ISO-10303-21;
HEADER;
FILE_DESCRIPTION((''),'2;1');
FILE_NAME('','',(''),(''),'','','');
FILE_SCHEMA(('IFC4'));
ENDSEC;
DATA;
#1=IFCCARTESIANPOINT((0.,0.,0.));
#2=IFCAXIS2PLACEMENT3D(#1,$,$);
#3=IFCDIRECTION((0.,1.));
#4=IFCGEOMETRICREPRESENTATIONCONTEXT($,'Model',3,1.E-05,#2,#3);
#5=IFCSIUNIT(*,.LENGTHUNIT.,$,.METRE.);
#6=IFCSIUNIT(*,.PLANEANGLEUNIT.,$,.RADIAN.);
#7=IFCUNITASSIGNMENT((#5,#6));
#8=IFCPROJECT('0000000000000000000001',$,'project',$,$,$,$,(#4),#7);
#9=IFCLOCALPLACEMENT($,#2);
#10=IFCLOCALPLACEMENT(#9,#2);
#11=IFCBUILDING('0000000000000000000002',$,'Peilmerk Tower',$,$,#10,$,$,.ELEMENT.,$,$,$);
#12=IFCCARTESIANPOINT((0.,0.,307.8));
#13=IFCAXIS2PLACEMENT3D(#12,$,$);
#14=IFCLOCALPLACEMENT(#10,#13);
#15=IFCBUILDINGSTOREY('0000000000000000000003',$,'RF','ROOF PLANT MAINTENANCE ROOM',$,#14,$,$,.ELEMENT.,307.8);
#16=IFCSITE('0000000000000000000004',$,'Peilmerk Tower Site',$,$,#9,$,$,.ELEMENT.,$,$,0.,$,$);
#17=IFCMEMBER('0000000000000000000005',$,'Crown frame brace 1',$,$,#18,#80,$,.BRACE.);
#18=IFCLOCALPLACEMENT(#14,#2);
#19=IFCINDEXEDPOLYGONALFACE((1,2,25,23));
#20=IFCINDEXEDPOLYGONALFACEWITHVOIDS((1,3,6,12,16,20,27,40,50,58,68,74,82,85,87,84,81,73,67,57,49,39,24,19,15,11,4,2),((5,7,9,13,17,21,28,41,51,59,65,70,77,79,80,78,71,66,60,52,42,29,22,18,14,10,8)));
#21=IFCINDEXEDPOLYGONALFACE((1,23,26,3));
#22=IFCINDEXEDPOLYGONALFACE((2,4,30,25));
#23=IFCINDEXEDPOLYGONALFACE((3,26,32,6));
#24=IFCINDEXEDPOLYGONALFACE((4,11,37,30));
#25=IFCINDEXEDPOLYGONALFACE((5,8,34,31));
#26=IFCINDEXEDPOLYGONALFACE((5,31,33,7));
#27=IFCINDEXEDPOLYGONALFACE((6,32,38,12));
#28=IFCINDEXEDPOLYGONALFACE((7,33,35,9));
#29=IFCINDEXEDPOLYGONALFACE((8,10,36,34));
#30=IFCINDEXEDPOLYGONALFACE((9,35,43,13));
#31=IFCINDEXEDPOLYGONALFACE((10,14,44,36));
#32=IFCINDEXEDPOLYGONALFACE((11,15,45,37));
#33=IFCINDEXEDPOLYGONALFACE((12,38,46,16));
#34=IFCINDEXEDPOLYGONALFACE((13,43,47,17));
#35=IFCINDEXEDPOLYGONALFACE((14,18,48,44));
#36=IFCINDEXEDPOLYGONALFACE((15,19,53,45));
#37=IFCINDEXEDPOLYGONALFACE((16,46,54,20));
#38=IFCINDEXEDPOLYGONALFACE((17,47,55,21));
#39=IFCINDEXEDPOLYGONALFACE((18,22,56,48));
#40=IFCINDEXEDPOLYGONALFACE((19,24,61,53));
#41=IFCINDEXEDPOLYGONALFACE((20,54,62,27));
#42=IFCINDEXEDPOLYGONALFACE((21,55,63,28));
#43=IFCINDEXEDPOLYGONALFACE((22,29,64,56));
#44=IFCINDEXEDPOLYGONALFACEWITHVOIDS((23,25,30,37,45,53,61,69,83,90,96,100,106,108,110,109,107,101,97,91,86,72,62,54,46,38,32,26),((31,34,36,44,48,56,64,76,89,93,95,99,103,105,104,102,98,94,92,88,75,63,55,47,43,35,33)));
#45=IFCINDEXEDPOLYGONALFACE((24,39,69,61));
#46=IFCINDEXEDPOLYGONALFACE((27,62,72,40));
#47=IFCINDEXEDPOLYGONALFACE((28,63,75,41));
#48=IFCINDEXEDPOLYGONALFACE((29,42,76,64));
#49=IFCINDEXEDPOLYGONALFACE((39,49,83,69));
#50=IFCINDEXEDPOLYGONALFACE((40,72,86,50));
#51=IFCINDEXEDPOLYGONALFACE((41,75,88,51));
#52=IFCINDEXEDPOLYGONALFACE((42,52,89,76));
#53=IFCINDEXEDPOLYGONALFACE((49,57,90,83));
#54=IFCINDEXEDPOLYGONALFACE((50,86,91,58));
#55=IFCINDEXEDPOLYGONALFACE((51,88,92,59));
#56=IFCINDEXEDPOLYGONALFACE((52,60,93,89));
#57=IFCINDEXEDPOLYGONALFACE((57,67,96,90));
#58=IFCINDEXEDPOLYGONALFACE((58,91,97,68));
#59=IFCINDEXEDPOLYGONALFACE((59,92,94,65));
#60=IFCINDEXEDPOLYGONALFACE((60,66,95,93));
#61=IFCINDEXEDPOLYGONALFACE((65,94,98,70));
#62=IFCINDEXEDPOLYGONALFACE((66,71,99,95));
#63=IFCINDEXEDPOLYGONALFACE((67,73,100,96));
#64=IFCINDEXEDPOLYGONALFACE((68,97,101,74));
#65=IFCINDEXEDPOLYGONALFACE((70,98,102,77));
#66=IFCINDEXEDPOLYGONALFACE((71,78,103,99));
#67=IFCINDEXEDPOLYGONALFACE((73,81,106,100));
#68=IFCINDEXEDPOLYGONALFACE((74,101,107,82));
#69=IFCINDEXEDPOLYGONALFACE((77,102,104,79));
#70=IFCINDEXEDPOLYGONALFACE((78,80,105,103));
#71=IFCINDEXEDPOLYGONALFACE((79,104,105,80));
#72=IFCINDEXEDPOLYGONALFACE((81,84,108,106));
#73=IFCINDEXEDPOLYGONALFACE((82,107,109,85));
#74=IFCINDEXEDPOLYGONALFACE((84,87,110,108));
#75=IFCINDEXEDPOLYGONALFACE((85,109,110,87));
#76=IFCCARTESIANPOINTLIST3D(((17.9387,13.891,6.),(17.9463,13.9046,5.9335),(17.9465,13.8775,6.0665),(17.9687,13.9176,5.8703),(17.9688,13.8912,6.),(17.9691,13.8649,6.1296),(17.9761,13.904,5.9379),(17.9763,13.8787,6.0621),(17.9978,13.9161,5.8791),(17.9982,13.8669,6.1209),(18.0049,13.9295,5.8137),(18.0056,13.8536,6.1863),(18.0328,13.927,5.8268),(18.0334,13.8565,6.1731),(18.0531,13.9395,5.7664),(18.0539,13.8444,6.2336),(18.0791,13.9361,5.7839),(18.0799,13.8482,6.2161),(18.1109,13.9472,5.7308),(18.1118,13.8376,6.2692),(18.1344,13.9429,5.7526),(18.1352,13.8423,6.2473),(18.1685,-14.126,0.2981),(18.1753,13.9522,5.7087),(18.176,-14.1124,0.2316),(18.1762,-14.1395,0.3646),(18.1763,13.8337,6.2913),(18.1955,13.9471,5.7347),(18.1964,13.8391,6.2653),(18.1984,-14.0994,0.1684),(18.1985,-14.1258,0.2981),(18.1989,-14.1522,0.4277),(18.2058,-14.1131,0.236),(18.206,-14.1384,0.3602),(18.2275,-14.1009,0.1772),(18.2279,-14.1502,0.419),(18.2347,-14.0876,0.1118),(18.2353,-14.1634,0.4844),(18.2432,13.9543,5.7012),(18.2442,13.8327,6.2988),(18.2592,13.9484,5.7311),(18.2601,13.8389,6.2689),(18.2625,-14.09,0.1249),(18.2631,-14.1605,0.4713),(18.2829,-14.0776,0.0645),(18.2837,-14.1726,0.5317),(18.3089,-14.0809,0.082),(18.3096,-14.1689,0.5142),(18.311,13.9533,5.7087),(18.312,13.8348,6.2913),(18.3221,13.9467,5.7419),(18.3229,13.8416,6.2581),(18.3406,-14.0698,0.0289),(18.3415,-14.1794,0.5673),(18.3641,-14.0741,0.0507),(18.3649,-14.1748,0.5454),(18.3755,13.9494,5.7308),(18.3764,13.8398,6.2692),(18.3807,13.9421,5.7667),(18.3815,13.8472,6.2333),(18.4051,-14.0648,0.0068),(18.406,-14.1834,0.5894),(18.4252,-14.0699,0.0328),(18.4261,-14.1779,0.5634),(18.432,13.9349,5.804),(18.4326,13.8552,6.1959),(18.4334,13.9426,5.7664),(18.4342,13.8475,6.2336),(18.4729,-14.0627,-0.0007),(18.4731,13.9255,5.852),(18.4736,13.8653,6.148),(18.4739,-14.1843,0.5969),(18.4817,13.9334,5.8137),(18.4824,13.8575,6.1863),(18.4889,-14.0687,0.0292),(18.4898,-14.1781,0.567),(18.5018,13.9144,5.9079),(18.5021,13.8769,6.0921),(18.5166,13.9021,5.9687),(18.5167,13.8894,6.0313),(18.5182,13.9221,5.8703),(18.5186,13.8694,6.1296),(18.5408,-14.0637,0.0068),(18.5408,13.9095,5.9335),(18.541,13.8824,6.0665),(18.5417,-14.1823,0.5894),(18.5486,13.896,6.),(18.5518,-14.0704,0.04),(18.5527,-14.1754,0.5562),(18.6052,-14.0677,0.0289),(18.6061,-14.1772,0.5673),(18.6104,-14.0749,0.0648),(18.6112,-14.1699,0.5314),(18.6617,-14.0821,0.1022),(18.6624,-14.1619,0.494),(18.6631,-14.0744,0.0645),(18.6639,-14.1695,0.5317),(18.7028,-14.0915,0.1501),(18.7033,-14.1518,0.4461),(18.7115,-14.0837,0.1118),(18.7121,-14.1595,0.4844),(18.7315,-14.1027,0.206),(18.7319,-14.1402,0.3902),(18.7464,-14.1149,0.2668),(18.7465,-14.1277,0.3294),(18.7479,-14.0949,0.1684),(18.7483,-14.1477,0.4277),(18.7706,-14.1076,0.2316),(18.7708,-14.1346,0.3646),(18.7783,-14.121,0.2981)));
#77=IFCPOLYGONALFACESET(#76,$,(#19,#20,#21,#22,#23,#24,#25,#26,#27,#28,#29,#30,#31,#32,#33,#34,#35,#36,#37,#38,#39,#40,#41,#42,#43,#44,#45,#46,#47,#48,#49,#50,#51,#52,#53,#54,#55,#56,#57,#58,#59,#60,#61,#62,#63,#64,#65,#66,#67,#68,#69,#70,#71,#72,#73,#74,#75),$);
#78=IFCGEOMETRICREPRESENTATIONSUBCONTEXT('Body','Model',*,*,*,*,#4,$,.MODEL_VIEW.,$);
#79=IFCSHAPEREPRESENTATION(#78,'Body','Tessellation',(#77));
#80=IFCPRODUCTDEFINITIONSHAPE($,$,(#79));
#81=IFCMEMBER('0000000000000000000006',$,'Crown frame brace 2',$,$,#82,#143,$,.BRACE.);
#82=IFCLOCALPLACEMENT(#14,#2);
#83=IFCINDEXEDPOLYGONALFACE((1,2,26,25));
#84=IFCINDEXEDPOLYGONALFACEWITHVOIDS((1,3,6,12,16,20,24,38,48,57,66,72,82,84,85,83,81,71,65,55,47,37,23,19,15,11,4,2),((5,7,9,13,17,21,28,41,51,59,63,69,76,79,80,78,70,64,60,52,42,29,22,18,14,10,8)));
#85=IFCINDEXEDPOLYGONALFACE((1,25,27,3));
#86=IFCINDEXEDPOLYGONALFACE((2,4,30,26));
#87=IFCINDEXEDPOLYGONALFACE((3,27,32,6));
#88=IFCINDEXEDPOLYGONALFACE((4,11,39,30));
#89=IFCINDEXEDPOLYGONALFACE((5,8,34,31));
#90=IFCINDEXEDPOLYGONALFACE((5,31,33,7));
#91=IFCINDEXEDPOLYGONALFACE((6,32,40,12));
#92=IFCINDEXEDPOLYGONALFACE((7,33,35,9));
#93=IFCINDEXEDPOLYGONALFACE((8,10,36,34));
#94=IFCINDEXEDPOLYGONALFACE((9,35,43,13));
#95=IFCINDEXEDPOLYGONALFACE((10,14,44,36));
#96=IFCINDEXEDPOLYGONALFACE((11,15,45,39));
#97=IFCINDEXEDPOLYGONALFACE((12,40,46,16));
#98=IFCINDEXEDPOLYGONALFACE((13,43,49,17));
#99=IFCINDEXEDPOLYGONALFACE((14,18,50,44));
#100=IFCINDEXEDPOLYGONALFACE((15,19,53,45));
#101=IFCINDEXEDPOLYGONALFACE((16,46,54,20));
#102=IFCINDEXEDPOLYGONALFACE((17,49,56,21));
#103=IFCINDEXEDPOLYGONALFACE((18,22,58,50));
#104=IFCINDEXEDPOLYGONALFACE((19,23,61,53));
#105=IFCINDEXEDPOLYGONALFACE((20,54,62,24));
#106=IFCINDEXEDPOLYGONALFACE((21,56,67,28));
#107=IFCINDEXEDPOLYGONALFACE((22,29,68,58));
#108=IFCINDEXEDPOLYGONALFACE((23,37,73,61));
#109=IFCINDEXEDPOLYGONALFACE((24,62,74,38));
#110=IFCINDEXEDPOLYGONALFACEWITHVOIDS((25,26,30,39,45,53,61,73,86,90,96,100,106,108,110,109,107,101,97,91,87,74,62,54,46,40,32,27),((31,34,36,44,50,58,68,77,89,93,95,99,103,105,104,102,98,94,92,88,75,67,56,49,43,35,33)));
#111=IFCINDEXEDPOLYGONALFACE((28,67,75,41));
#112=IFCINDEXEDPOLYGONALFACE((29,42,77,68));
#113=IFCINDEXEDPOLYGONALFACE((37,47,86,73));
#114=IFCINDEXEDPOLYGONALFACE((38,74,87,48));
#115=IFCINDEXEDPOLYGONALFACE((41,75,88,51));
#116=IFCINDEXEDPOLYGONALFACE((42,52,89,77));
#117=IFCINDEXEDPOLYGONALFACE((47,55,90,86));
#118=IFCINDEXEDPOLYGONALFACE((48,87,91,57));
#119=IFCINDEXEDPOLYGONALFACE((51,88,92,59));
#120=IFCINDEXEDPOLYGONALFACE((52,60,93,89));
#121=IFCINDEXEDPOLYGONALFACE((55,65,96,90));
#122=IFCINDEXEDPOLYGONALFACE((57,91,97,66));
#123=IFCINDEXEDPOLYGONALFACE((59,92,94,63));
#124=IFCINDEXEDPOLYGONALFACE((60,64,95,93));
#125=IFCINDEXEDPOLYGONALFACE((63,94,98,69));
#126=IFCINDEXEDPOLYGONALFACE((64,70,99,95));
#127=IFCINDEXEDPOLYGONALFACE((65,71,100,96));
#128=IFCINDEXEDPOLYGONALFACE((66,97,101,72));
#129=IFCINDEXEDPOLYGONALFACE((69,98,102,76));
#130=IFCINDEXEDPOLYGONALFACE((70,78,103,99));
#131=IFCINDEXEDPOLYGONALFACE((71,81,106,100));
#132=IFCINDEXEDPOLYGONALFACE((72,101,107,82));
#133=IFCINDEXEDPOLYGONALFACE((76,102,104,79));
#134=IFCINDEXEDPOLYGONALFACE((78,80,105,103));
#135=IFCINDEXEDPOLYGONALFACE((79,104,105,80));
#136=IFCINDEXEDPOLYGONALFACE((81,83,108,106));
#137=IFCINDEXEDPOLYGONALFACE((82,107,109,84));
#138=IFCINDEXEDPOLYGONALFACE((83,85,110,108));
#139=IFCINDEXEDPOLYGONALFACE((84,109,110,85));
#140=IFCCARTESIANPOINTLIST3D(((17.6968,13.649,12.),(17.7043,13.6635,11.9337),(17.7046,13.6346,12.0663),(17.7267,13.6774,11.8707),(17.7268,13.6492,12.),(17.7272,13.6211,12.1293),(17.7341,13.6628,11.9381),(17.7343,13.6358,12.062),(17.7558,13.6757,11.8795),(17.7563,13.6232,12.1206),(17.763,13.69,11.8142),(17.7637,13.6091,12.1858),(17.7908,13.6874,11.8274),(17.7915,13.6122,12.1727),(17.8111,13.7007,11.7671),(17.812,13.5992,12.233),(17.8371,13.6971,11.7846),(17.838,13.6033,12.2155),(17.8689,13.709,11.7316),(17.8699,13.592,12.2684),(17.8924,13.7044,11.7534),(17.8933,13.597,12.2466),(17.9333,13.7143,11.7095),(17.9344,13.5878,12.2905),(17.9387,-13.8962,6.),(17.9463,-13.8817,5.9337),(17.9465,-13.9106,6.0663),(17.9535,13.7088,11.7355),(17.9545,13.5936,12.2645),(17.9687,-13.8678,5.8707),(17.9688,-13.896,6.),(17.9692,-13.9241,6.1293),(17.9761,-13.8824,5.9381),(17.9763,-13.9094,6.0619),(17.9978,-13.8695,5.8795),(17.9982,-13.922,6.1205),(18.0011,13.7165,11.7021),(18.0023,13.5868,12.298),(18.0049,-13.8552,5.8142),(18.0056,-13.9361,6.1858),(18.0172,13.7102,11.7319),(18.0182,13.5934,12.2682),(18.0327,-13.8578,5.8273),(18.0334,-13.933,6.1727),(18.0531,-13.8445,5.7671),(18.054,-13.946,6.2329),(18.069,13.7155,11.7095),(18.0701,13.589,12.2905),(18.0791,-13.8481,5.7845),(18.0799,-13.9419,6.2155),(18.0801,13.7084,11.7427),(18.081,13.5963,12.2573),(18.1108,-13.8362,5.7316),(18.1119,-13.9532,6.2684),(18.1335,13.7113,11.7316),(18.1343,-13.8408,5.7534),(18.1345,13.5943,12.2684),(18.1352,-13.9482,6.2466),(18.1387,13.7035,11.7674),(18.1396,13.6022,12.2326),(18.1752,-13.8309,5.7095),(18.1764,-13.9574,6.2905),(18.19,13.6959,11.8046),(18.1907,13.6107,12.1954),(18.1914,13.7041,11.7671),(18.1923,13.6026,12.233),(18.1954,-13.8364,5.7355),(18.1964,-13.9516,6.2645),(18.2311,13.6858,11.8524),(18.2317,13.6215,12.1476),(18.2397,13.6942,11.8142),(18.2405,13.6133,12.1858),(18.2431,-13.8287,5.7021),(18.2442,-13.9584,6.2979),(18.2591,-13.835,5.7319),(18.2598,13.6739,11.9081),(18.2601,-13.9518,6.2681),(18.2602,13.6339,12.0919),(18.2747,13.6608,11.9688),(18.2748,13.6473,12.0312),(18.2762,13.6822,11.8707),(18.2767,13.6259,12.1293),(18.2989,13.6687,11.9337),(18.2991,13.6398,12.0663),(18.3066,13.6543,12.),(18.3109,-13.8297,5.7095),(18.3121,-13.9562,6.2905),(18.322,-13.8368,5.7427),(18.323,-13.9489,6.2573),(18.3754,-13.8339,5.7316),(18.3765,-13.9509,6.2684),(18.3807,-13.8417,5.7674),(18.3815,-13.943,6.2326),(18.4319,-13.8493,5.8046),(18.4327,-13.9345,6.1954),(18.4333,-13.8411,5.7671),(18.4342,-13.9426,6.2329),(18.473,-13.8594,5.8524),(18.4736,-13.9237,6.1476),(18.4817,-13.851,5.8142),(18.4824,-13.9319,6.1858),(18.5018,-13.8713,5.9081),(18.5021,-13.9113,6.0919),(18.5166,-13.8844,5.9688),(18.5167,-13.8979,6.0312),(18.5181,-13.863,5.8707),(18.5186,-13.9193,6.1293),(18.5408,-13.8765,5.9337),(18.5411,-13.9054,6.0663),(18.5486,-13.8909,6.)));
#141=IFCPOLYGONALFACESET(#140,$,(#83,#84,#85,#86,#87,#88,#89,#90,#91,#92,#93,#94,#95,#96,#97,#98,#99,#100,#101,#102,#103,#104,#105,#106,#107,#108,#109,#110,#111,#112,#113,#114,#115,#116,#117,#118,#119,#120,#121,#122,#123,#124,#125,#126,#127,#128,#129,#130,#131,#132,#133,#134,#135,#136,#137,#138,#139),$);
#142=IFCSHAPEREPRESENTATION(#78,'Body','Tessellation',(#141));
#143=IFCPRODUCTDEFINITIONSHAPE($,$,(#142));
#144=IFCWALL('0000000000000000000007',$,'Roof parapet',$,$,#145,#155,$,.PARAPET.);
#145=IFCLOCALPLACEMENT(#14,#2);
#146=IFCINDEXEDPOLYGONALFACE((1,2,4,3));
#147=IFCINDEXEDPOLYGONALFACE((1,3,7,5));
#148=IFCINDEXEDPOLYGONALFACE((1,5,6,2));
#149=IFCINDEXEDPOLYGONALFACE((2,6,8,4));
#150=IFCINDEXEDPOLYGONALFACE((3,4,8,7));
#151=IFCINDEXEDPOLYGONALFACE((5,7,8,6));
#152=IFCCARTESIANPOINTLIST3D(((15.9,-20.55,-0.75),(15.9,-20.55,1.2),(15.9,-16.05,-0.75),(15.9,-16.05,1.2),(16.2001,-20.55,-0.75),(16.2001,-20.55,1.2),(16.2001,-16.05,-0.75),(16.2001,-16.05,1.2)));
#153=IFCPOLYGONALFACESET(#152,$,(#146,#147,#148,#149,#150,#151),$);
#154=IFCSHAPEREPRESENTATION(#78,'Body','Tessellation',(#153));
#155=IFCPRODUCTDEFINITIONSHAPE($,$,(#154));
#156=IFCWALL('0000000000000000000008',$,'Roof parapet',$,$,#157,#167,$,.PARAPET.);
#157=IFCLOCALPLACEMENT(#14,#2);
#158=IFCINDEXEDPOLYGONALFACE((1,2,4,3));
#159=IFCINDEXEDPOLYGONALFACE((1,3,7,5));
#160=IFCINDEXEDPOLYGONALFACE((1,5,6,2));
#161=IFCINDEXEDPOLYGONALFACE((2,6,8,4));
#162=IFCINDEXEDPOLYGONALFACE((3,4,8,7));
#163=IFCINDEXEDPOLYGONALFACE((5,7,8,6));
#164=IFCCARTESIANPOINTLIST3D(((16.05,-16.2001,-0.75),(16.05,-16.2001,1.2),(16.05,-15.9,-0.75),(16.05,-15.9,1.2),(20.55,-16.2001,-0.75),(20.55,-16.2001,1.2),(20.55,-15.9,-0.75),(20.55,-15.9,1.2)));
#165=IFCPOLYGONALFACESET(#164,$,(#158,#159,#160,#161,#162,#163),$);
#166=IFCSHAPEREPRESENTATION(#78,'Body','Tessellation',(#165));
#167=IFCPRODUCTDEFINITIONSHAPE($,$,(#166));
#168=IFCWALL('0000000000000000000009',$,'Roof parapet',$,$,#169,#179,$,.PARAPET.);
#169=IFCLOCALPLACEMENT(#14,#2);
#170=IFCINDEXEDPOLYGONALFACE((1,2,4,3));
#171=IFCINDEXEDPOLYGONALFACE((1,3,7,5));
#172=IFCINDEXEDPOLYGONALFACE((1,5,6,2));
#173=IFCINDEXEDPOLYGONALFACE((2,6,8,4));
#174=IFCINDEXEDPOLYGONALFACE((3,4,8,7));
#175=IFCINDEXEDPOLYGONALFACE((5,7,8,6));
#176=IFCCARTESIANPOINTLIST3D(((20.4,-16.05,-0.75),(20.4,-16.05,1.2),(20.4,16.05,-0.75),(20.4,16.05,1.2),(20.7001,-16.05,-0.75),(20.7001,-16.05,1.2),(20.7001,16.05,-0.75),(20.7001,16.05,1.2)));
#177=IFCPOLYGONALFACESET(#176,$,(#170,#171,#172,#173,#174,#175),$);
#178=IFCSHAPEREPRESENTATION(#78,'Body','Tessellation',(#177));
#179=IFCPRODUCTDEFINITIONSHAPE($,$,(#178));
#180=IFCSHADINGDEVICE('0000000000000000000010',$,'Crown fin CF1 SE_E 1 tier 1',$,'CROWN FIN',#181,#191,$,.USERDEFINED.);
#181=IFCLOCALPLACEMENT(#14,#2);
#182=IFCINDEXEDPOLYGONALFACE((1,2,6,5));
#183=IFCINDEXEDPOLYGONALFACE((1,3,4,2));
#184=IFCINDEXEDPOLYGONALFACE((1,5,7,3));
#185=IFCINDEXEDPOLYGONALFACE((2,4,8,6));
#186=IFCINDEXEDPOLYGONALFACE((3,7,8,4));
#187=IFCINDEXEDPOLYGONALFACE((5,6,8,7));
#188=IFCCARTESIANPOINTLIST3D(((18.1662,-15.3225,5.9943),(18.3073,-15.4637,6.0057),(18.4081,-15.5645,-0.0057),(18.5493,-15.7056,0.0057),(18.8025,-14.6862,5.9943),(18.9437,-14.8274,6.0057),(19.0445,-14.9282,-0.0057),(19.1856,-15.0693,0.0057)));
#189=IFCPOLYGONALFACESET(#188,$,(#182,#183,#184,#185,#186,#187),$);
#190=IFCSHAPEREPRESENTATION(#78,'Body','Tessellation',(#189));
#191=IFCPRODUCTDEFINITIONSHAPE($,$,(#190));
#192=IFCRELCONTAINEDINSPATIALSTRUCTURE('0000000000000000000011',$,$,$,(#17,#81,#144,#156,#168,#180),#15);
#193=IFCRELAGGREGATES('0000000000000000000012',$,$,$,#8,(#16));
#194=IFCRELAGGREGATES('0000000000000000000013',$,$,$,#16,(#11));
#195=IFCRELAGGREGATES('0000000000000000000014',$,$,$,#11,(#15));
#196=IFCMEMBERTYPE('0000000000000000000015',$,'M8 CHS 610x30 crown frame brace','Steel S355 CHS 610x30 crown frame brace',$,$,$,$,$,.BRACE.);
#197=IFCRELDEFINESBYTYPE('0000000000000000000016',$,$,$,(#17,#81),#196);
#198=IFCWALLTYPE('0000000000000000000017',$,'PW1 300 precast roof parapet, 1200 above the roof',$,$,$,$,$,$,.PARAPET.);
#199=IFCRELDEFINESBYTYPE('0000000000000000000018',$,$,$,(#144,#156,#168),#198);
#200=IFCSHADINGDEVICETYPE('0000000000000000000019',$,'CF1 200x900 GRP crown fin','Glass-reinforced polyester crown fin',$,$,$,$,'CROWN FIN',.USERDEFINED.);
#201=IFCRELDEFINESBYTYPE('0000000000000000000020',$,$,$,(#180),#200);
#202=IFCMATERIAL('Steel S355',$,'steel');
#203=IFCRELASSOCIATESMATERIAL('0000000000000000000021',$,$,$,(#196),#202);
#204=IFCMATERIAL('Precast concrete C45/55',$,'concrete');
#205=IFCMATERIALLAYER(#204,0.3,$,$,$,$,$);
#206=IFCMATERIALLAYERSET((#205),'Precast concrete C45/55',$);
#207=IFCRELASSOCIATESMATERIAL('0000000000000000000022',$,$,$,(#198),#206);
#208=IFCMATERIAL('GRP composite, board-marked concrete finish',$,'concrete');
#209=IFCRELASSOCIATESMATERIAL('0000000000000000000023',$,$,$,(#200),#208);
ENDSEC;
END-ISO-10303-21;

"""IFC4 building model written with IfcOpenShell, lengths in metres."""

from ifc_helpers import new_model, si_unit, direction, frame, frame_2d, origin, origin_2d, place, context, subcontext, project, spatial, rectangle, hollow_circle, extrude, source, transform, mapped, material, layer, layer_set, material_profile, profile_set, type_object, element, save


model = new_model("IFC4")

# Units and contexts
model_context = context("Model", 3, precision=1e-05, world=origin(), true_north=direction((0.0, 1.0)))
body_context = subcontext(model_context, "Body", "Model", "MODEL_VIEW")
ifc_project = project(units=[si_unit("LENGTHUNIT", "METRE"), si_unit("PLANEANGLEUNIT", "RADIAN")], contexts=[model_context])

# Site, building, storey
site_placement = place(None, origin())
site = spatial("IfcSite", under=ifc_project, at=site_placement, Name="Peilmerk Tower Site", CompositionType="ELEMENT", RefElevation=0.0)
building_placement = place(site_placement, origin())
building = spatial("IfcBuilding", under=site, at=building_placement, Name="Peilmerk Tower", CompositionType="ELEMENT")
storey_placement = place(building_placement, frame((0.0, 0.0, 307.8)))
storey = spatial("IfcBuildingStorey", under=building, at=storey_placement, Name="RF", Description="ROOF PLANT MAINTENANCE ROOM", CompositionType="ELEMENT", Elevation=307.8)

# Shared definitions
ifc_material_1 = material(Name="Steel S355", Category="steel")

# Members
ifc_material_profile_1 = material_profile(ifc_material_1, hollow_circle(Radius=0.3049, WallThickness=0.03, at=origin_2d()), Name="CHS 610x30")
ifc_profile_set_1 = profile_set([ifc_material_profile_1], Name="Steel S355")
member_type_1 = type_object("IfcMemberType", Name="M8 CHS 610x30 crown frame brace", Description="Steel S355 CHS 610x30 crown frame brace", PredefinedType="BRACE", material=ifc_profile_set_1)
member_1_placement = place(storey_placement, frame((18.4734, -14.1235, 0.2981), z_axis=(-0.008035, 0.979881, 0.199421), x_axis=(-0.999966, -0.0082, 0.0)))
element("IfcMember", 1, at=member_1_placement, inside=storey, type_object=member_type_1, Name="Crown frame brace 1", PredefinedType="BRACE", context=body_context, shape_type="SweptSolid", body=[
    extrude(hollow_circle(Radius=0.3049, WallThickness=0.03, at=origin_2d()), origin(), (0.0, 0.0, 1.0), 28.5923),
])
member_2_placement = place(storey_placement, frame((18.2437, -13.8936, 6.0), z_axis=(-0.008582, 0.977053, 0.212826), x_axis=(-0.999961, -0.008783, 0.0)))
element("IfcMember", 2, at=member_2_placement, inside=storey, type_object=member_type_1, Name="Crown frame brace 2", PredefinedType="BRACE", context=body_context, shape_type="SweptSolid", body=[
    extrude(hollow_circle(Radius=0.3049, WallThickness=0.03, at=origin_2d()), origin(), (0.0, 0.0, 1.0), 28.1921),
])

# Walls
ifc_material_2 = material(Name="Precast concrete C45/55", Category="concrete")
ifc_layer = layer(ifc_material_2, 0.3)
ifc_layer_set = layer_set([ifc_layer], Name="Precast concrete C45/55")
wall_type = type_object("IfcWallType", Name="PW1 300 precast roof parapet, 1200 above the roof", PredefinedType="PARAPET", material=ifc_layer_set)
for number, where, z_axis, x_axis, name in (
    (3, (16.05, -20.55, -0.75), (0.0, 0.0, 1.0), (0.0, 1.0, 0.0), "Roof parapet"),
    (4, (16.05, -16.05, -0.75), (0.0, 0.0, 1.0), (1.0, 0.0, 0.0), "Roof parapet"),
):
    element("IfcWall", number, at=place(storey_placement, frame(where, z_axis=z_axis, x_axis=x_axis)), inside=storey, type_object=wall_type, Name=name, PredefinedType="PARAPET", context=body_context, shape_type="SweptSolid", body=[
        extrude(rectangle(XDim=4.5, YDim=0.3, at=frame_2d((2.25, 0.0))), origin(), (0.0, 0.0, 1.0), 1.95),
    ])
wall_placement = place(storey_placement, frame((20.55, -16.05, -0.75), z_axis=(0.0, 0.0, 1.0), x_axis=(0.0, 1.0, 0.0)))
element("IfcWall", 5, at=wall_placement, inside=storey, type_object=wall_type, Name="Roof parapet", PredefinedType="PARAPET", context=body_context, shape_type="SweptSolid", body=[
    extrude(rectangle(XDim=32.1001, YDim=0.3, at=frame_2d((16.05, 0.0))), origin(), (0.0, 0.0, 1.0), 1.95),
])

# Shading device
ifc_material_3 = material(Name="GRP composite, board-marked concrete finish", Category="concrete")
ifc_material_profile_2 = material_profile(ifc_material_3, rectangle(XDim=0.2, YDim=0.8999, at=origin_2d()), Name="CF1 200x900")
ifc_profile_set_2 = profile_set([ifc_material_profile_2], Name="GRP composite, board-marked concrete finish")
shading_device_type = type_object("IfcShadingDeviceType", Name="CF1 200x900 GRP crown fin", Description="Glass-reinforced polyester crown fin", ElementType="CROWN FIN", PredefinedType="USERDEFINED", material=ifc_profile_set_2)
shared_shape_1 = source(origin(), body_context, "Body", "SweptSolid", [
    extrude(rectangle(XDim=0.2, YDim=0.8999, at=origin_2d()), origin(), (0.0, 0.0, 1.0), 6.0098),
])
for number, where, z_axis, x_axis, name in (
    (6, (18.7969, -15.3169, 0.0), (-0.040258, 0.040258, 0.998378), (0.70596, -0.70596, 0.056934), "Crown fin CF1 SE_E 1 tier 1"),
):
    element("IfcShadingDevice", number, at=place(storey_placement, frame(where, z_axis=z_axis, x_axis=x_axis)), inside=storey, type_object=shading_device_type, Name=name, ObjectType="CROWN FIN", PredefinedType="USERDEFINED", context=body_context, shape_type="MappedRepresentation", body=[
        mapped(shared_shape_1, transform((0.0, 0.0, 0.0), scale=1.0)),
    ])

save(model, "model.ifc")
